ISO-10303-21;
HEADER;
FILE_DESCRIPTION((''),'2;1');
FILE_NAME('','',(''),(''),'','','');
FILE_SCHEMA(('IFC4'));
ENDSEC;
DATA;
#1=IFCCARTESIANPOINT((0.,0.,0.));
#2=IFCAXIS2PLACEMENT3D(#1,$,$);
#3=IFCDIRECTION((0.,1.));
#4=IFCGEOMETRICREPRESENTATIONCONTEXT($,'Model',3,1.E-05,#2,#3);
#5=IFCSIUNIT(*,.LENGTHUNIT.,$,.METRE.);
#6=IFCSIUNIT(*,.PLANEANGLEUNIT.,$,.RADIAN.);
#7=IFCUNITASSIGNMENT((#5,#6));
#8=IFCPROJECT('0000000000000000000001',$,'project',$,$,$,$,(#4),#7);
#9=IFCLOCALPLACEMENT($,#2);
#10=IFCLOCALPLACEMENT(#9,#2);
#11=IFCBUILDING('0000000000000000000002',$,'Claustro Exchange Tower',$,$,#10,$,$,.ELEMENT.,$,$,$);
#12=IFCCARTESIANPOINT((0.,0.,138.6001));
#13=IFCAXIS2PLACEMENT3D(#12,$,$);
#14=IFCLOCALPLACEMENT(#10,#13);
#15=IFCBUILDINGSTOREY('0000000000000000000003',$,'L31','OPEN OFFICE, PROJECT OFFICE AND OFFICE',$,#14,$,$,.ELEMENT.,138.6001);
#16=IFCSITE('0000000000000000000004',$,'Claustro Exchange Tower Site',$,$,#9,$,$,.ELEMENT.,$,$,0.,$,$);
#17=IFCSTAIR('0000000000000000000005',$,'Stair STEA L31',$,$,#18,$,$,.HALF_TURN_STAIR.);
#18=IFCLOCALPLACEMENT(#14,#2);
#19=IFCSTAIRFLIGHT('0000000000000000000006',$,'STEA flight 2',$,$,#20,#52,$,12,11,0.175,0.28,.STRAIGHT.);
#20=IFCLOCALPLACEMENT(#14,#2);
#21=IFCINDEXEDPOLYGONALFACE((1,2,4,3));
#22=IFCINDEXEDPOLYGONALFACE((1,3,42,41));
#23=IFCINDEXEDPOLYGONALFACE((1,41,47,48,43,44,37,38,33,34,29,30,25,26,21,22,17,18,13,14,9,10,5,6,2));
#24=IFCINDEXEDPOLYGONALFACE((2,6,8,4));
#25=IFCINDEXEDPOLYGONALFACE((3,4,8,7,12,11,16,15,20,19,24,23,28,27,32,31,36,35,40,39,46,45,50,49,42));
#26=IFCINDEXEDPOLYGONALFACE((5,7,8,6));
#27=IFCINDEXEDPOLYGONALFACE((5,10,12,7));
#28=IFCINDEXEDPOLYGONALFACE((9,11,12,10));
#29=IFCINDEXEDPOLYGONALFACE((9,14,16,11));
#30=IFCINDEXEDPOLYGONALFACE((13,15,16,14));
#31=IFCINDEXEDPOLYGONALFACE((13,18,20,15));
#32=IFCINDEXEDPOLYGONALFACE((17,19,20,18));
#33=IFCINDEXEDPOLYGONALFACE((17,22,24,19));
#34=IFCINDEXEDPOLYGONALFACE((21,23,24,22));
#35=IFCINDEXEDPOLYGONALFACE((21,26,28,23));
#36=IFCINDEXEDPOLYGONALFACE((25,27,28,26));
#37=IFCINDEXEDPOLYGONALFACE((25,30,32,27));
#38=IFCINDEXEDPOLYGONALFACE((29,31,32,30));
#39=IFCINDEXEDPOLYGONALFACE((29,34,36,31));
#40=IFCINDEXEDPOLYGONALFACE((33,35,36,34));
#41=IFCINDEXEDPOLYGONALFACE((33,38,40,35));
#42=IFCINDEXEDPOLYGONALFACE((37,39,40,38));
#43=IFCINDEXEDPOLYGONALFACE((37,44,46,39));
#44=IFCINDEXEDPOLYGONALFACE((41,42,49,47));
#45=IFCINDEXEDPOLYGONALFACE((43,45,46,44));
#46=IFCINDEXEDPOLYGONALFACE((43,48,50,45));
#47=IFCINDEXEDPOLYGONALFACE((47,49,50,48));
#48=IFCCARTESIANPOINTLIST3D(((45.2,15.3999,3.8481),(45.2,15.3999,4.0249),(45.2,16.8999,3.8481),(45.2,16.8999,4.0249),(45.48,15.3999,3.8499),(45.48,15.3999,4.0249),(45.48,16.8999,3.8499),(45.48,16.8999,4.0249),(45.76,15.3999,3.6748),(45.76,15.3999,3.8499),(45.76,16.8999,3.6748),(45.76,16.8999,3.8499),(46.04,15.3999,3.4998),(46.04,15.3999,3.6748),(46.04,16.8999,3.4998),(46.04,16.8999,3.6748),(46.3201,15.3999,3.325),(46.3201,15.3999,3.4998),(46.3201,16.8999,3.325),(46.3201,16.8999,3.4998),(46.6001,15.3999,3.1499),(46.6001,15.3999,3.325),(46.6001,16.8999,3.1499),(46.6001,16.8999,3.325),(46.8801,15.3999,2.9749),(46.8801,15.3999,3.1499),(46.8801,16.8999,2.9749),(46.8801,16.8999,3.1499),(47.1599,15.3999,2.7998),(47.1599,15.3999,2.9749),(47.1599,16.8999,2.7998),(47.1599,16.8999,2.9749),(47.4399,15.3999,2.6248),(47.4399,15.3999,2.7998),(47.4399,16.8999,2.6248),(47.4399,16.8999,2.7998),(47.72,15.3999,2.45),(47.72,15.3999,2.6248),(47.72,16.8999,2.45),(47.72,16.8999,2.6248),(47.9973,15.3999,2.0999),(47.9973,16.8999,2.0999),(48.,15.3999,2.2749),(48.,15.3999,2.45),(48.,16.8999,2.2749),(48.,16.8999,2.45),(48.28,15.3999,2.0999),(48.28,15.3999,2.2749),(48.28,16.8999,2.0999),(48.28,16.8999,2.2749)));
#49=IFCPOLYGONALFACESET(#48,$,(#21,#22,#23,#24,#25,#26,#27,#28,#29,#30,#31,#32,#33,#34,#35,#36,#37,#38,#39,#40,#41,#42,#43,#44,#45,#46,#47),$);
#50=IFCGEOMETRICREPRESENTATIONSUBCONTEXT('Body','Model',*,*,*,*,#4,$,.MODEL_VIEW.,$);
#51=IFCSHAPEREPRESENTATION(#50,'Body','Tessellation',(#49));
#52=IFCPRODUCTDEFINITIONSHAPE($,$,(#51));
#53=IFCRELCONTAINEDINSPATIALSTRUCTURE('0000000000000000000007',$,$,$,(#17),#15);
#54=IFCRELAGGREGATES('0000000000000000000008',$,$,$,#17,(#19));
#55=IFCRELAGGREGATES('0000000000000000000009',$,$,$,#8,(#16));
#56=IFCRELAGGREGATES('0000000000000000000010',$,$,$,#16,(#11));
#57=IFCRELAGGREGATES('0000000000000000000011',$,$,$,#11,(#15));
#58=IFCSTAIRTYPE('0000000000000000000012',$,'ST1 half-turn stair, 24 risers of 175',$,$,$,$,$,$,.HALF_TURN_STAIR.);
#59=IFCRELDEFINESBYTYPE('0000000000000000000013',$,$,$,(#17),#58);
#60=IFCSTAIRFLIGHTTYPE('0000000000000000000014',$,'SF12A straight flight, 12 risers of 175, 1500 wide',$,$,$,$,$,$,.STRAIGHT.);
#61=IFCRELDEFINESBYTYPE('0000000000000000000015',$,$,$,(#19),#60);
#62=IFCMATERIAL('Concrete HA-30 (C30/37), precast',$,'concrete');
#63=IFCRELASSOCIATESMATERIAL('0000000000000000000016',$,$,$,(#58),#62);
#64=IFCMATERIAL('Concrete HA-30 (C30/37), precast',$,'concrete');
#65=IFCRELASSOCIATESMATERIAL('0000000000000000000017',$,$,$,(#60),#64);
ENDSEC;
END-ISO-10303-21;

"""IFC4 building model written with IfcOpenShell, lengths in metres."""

from ifc_helpers import new_model, si_unit, direction, frame, origin, place, context, subcontext, project, spatial, polyline, outline, extrude, material, type_object, element, aggregate, save


model = new_model("IFC4")

# Units and contexts
model_context = context("Model", 3, precision=1e-05, world=origin(), true_north=direction((0.0, 1.0)))
body_context = subcontext(model_context, "Body", "Model", "MODEL_VIEW")
ifc_project = project(units=[si_unit("LENGTHUNIT", "METRE"), si_unit("PLANEANGLEUNIT", "RADIAN")], contexts=[model_context])

# Site, building, storey
site_placement = place(None, origin())
site = spatial("IfcSite", under=ifc_project, at=site_placement, Name="Claustro Exchange Tower Site", CompositionType="ELEMENT", RefElevation=0.0)
building_placement = place(site_placement, origin())
building = spatial("IfcBuilding", under=site, at=building_placement, Name="Claustro Exchange Tower", CompositionType="ELEMENT")
storey_placement = place(building_placement, frame((0.0, 0.0, 138.6001)))
storey = spatial("IfcBuildingStorey", under=building, at=storey_placement, Name="L31", Description="OPEN OFFICE, PROJECT OFFICE AND OFFICE", CompositionType="ELEMENT", Elevation=138.6001)

# Stair, stair flight
ifc_material_1 = material(Name="Concrete HA-30 (C30/37), precast", Category="concrete")
stair_type = type_object("IfcStairType", Name="ST1 half-turn stair, 24 risers of 175", PredefinedType="HALF_TURN_STAIR", material=ifc_material_1)
stair_placement = place(storey_placement, origin())
stair = element("IfcStair", 1, at=stair_placement, inside=storey, type_object=stair_type, Name="Stair STEA L31", PredefinedType="HALF_TURN_STAIR")
ifc_material_2 = material(Name="Concrete HA-30 (C30/37), precast", Category="concrete")
stair_flight_type = type_object("IfcStairFlightType", Name="SF12A straight flight, 12 risers of 175, 1500 wide", PredefinedType="STRAIGHT", material=ifc_material_2)
stair_flight_placement = place(storey_placement, frame((48.28, 16.1499, 2.0999), z_axis=(0.0, 0.0, 1.0), x_axis=(-1.0, 0.0, 0.0)))
stair_flight = element("IfcStairFlight", 2, at=stair_flight_placement, type_object=stair_flight_type, Name="STEA flight 2", NumberOfRisers=12, NumberOfTreads=11, PredefinedType="STRAIGHT", RiserHeight=0.175, TreadLength=0.28, context=body_context, shape_type="SweptSolid", body=[
    extrude(outline(polyline([(0.0, 0.0), (0.0, 0.175), (0.28, 0.175), (0.28, 0.3501), (0.5601, 0.3501), (0.5601, 0.5249), (0.8401, 0.5249), (0.8401, 0.7), (1.1201, 0.7), (1.1201, 0.875), (1.3999, 0.875), (1.3999, 1.05), (1.6799, 1.05), (1.6799, 1.2251), (1.96, 1.2251), (1.96, 1.3999), (2.24, 1.3999), (2.24, 1.575), (2.52, 1.575), (2.52, 1.75), (2.8, 1.75), (2.8, 1.925), (3.0801, 1.925), (3.0801, 2.1001), (3.0801, 1.7483), (0.2827, 0.0), (0.0, 0.0)])), frame((0.0, 0.75, 0.0), z_axis=(0.0, -1.0, 0.0), x_axis=(1.0, 0.0, 0.0)), (0.0, 0.0, 1.0), 1.5),
])
aggregate(stair, [stair_flight])

save(model, "model.ifc")
